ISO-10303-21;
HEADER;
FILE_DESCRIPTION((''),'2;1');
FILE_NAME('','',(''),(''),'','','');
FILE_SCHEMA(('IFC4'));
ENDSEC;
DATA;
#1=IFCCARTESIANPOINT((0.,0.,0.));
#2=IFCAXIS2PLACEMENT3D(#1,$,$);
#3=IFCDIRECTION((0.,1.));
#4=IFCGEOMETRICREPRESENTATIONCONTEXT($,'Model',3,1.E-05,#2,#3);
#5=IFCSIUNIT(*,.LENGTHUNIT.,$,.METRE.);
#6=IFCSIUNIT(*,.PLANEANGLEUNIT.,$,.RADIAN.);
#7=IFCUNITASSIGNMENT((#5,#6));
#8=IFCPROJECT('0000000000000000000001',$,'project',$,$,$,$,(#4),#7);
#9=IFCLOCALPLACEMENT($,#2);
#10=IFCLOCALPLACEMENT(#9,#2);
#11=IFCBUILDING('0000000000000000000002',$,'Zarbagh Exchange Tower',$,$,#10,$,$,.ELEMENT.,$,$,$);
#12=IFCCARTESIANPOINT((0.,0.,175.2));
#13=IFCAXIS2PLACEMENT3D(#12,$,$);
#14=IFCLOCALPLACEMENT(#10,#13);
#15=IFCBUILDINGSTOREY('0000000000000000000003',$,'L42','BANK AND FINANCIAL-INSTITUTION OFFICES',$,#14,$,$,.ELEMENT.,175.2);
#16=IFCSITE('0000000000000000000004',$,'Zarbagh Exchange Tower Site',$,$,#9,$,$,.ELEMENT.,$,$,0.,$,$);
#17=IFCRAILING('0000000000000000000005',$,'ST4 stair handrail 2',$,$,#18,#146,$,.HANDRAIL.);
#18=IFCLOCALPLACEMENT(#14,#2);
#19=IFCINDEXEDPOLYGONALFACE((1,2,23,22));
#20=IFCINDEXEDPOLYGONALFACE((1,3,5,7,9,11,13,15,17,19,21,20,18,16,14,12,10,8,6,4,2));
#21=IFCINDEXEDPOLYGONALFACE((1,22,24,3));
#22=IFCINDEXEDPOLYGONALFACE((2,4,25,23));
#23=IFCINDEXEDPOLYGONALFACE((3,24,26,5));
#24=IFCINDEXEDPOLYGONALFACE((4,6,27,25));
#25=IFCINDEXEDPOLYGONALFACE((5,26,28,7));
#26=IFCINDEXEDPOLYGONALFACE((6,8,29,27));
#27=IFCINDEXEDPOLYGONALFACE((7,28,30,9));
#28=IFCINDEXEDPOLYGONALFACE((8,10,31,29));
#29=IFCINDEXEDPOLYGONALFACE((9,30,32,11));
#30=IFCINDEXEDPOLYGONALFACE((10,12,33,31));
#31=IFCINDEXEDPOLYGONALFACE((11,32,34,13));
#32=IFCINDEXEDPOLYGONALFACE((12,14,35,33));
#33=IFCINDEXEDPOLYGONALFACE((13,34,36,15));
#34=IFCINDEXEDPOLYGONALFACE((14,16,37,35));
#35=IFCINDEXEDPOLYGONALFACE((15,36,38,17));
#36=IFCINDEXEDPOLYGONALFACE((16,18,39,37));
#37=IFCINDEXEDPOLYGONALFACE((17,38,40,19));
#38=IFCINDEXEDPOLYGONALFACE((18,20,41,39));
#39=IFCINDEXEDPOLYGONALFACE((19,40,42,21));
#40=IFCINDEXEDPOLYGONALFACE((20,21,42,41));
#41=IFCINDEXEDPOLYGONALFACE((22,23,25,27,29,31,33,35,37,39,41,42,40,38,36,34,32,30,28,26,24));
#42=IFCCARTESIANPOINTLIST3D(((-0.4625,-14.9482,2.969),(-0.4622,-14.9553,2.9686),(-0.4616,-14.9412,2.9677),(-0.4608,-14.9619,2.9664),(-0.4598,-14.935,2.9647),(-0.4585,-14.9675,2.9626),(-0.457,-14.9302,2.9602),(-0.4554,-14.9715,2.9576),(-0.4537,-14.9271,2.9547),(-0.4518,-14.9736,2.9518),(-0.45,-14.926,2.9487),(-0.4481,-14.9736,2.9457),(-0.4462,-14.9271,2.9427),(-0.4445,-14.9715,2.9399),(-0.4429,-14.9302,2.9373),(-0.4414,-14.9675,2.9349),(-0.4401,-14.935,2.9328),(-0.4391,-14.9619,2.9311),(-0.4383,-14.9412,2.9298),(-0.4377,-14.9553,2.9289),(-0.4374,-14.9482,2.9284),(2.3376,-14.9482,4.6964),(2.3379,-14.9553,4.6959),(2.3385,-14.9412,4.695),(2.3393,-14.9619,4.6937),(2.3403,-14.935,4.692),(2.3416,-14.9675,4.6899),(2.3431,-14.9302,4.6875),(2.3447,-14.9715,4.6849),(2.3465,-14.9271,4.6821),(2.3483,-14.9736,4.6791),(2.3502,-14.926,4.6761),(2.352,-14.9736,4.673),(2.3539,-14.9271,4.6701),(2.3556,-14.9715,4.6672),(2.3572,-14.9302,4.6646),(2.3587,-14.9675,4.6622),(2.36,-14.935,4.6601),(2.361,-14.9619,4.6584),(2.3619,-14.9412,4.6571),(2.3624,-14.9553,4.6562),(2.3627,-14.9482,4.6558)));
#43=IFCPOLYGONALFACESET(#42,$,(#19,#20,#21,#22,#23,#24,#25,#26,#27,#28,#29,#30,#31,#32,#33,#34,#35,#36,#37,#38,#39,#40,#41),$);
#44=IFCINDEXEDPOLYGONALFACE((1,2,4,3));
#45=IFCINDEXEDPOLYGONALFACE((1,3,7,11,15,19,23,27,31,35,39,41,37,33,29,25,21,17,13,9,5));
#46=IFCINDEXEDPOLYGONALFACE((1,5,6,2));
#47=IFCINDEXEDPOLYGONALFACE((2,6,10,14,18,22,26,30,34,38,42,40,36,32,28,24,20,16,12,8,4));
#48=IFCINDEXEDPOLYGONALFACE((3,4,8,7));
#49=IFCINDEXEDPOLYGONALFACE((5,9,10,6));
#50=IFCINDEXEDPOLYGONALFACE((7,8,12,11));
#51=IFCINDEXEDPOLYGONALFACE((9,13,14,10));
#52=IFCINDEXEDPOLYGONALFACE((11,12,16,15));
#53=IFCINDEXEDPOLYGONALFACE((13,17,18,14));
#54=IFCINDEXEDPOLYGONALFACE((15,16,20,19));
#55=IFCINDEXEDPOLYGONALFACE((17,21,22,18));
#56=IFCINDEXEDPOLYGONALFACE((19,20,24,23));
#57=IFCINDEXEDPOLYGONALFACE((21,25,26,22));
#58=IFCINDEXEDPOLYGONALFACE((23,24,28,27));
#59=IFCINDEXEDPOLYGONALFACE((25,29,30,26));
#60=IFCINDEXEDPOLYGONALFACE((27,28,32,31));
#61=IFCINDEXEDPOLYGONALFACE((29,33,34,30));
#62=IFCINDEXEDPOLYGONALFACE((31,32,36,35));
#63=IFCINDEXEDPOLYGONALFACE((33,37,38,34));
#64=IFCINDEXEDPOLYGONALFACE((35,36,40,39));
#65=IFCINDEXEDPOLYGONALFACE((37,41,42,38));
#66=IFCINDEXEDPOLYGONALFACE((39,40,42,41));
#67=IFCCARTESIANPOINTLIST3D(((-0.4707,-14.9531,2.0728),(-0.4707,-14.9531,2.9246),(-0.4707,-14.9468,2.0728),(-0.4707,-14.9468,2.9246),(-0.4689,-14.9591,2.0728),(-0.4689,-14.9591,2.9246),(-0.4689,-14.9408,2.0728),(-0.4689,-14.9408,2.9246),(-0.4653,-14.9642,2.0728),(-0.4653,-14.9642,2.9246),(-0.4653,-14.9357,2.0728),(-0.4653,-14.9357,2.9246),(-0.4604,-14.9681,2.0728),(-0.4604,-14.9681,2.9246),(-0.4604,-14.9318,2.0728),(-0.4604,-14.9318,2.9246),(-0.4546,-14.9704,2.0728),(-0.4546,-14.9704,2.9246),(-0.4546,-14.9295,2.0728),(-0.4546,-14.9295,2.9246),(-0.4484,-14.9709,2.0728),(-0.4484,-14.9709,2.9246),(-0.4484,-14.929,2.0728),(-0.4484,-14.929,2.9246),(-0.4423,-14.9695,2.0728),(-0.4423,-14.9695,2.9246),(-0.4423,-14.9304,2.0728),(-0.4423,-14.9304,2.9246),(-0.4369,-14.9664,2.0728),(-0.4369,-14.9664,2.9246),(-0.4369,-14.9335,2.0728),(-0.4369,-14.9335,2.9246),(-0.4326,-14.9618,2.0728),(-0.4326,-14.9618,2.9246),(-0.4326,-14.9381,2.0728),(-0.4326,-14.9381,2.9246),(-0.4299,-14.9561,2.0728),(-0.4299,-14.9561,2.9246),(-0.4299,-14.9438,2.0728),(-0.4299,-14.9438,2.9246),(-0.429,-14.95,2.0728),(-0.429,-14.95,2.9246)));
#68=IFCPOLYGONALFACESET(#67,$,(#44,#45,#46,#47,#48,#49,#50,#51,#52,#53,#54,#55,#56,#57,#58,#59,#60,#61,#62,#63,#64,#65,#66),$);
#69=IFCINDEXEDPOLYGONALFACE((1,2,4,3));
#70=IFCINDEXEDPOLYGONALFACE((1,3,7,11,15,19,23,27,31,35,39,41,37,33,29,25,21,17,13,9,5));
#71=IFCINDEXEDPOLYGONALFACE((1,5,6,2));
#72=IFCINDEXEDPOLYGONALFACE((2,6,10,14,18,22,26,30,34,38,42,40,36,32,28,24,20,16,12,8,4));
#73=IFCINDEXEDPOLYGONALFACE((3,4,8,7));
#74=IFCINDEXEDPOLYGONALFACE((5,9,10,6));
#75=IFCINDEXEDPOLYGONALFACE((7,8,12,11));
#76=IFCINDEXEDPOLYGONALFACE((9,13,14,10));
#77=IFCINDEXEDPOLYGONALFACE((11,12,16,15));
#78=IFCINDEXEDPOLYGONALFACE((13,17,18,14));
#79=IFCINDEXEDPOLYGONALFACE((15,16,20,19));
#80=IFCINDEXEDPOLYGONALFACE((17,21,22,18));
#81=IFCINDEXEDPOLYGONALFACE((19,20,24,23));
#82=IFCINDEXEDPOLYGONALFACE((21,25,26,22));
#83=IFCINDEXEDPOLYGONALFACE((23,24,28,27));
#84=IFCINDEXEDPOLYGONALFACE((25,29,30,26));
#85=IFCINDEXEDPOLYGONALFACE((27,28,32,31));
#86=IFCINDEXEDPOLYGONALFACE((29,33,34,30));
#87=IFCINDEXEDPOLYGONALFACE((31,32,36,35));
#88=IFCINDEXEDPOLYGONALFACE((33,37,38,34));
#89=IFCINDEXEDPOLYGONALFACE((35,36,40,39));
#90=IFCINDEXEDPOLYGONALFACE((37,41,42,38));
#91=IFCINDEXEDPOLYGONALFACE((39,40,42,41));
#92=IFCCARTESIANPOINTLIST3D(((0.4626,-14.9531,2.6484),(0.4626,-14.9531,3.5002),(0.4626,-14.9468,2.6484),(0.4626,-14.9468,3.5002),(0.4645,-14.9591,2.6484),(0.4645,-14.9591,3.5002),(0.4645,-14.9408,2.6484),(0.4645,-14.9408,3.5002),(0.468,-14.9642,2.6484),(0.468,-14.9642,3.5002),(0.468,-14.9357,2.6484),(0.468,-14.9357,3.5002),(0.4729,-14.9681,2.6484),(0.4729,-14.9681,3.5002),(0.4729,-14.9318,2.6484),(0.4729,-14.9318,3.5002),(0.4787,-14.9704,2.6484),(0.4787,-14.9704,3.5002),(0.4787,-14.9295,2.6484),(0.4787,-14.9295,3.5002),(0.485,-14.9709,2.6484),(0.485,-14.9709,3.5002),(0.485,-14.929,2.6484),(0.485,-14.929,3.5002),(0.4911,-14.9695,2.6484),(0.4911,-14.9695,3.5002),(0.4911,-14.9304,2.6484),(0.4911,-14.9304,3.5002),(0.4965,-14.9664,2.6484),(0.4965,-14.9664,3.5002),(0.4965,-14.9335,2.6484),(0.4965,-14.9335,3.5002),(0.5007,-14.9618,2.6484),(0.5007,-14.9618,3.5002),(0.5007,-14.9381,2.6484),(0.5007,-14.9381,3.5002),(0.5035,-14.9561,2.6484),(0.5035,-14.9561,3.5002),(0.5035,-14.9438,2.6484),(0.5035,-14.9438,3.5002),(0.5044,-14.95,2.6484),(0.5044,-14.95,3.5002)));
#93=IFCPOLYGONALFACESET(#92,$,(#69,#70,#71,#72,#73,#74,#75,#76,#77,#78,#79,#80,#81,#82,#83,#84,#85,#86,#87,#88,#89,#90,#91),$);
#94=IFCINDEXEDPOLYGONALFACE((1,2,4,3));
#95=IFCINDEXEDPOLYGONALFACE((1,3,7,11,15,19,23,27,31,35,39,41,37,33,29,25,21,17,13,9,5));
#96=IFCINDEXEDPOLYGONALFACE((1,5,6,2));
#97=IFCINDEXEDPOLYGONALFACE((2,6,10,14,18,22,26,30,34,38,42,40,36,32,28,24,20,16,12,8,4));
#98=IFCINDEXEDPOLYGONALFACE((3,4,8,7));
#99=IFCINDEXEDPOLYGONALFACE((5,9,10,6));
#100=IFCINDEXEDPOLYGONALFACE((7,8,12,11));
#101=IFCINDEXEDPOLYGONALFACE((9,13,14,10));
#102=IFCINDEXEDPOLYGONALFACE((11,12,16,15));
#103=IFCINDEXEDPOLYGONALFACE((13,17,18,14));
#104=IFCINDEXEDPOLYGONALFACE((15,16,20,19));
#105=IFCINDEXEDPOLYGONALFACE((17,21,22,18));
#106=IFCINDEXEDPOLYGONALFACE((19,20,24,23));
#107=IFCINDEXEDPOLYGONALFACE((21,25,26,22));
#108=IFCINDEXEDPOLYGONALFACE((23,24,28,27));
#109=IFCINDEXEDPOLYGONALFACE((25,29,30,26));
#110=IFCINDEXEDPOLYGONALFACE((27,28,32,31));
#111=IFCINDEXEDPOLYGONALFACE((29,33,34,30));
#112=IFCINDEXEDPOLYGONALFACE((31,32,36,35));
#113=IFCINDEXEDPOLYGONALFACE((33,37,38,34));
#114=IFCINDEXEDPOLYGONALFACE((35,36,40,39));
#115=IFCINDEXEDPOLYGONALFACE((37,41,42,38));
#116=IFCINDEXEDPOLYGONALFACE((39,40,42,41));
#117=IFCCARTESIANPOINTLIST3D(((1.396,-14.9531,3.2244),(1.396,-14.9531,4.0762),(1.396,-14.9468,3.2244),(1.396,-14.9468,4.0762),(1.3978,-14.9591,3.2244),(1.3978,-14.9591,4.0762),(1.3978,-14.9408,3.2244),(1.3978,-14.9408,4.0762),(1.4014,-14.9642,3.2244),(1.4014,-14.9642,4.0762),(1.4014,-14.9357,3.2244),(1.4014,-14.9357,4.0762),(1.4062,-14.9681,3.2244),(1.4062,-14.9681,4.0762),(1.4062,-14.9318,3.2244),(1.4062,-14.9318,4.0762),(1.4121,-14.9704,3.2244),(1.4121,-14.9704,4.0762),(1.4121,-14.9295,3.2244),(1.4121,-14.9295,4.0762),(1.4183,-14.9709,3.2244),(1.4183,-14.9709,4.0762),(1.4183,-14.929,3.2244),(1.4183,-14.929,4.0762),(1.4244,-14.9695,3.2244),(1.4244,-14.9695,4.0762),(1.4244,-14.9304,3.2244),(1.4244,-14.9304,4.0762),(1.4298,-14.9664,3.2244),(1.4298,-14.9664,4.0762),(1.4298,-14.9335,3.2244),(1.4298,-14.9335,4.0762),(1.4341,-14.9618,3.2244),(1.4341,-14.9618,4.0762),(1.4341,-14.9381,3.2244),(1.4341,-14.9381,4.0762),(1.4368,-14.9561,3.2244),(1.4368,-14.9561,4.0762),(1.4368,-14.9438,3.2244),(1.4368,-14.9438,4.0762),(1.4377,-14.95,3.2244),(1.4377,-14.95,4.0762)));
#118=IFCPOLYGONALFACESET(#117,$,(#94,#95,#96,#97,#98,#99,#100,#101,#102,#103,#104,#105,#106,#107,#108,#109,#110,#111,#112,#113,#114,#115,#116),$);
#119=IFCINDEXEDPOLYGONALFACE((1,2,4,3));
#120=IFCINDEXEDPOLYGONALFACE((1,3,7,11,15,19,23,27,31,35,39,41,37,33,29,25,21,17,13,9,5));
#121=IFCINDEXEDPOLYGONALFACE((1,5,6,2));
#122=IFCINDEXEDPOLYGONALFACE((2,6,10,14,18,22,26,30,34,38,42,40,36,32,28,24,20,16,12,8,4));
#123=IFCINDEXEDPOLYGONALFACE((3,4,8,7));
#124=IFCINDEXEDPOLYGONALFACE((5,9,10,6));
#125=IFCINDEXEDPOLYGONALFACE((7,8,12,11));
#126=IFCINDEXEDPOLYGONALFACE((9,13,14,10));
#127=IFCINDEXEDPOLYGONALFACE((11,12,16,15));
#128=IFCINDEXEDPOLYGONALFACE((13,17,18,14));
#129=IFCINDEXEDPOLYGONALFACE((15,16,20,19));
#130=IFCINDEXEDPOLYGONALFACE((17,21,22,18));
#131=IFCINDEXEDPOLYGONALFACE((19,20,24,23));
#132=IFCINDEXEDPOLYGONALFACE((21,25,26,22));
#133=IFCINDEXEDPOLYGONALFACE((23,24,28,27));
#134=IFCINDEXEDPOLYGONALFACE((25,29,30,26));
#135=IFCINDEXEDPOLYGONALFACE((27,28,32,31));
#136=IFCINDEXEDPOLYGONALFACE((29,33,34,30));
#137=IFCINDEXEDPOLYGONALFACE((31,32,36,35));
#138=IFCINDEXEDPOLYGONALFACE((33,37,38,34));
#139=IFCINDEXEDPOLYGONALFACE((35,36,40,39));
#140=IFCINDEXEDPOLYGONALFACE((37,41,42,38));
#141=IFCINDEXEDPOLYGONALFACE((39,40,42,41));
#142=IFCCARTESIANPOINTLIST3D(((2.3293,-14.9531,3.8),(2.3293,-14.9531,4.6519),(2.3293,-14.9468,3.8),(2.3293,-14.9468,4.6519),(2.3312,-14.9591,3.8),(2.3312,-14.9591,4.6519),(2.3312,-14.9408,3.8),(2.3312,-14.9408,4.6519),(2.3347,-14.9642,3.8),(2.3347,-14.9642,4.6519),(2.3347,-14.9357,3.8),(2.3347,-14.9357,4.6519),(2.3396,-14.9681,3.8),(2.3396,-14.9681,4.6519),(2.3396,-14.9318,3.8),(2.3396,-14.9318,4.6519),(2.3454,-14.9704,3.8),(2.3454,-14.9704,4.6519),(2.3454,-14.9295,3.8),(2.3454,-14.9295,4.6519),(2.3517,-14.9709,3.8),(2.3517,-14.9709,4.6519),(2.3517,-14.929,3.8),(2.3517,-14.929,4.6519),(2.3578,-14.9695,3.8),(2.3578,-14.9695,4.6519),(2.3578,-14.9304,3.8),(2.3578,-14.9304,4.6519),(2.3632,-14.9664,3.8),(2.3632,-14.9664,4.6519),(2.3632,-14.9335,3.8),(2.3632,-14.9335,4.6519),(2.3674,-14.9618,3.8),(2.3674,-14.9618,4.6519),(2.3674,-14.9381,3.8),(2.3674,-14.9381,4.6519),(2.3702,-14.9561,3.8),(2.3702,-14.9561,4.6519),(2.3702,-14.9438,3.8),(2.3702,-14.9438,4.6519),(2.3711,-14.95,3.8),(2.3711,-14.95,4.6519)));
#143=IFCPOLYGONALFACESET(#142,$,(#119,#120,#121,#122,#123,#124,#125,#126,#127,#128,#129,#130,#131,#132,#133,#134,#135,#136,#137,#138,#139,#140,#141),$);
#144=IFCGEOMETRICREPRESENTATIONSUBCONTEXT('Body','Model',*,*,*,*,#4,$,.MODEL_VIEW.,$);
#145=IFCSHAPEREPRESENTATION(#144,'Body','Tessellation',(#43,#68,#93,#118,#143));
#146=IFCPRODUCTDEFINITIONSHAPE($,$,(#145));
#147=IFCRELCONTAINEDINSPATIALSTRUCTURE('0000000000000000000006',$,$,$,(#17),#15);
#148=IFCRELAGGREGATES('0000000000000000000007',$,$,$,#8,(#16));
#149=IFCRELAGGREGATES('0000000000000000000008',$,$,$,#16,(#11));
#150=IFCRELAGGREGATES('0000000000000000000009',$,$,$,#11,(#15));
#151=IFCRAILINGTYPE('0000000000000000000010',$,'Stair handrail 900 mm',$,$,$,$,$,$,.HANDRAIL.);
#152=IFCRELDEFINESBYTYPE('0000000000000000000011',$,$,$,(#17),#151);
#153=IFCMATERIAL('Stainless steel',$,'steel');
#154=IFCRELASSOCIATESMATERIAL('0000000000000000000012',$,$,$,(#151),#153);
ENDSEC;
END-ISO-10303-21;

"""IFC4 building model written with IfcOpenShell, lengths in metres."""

from ifc_helpers import new_model, si_unit, direction, frame, origin, origin_2d, place, context, subcontext, project, spatial, circle, extrude, material, type_object, element, save


model = new_model("IFC4")

# Units and contexts
model_context = context("Model", 3, precision=1e-05, world=origin(), true_north=direction((0.0, 1.0)))
body_context = subcontext(model_context, "Body", "Model", "MODEL_VIEW")
ifc_project = project(units=[si_unit("LENGTHUNIT", "METRE"), si_unit("PLANEANGLEUNIT", "RADIAN")], contexts=[model_context])

# Site, building, storey
site_placement = place(None, origin())
site = spatial("IfcSite", under=ifc_project, at=site_placement, Name="Zarbagh Exchange Tower Site", CompositionType="ELEMENT", RefElevation=0.0)
building_placement = place(site_placement, origin())
building = spatial("IfcBuilding", under=site, at=building_placement, Name="Zarbagh Exchange Tower", CompositionType="ELEMENT")
storey_placement = place(building_placement, frame((0.0, 0.0, 175.2)))
storey = spatial("IfcBuildingStorey", under=building, at=storey_placement, Name="L42", Description="BANK AND FINANCIAL-INSTITUTION OFFICES", CompositionType="ELEMENT", Elevation=175.2)

# Shared definitions
ifc_material_1 = material(Name="Stainless steel", Category="steel")

# Railing
railing_type_1 = type_object("IfcRailingType", Name="Stair handrail 900 mm", PredefinedType="HANDRAIL", material=ifc_material_1)
for number, where, name in (
    (1, (-0.45, -14.95, 2.0728), "ST4 stair handrail 2"),
):
    element("IfcRailing", number, at=place(storey_placement, frame(where)), inside=storey, type_object=railing_type_1, Name=name, PredefinedType="HANDRAIL", context=body_context, shape_type="SweptSolid", body=[
        extrude(circle(Radius=0.0239, at=origin_2d()), frame((0.0, 0.0, 0.876), z_axis=(0.85109, 0.0, 0.52502), x_axis=(0.0, 1.0, 0.0)), (0.0, 0.0, 1.0), 3.29),
        extrude(circle(Radius=0.021, at=origin_2d()), origin(), (0.0, 0.0, 1.0), 0.8518),
        extrude(circle(Radius=0.021, at=origin_2d()), frame((0.9333, 0.0, 0.5757)), (0.0, 0.0, 1.0), 0.8518),
        extrude(circle(Radius=0.021, at=origin_2d()), frame((1.8667, 0.0, 1.1516)), (0.0, 0.0, 1.0), 0.8518),
        extrude(circle(Radius=0.021, at=origin_2d()), frame((2.8, 0.0, 1.7273)), (0.0, 0.0, 1.0), 0.8518),
    ])

save(model, "model.ifc")
